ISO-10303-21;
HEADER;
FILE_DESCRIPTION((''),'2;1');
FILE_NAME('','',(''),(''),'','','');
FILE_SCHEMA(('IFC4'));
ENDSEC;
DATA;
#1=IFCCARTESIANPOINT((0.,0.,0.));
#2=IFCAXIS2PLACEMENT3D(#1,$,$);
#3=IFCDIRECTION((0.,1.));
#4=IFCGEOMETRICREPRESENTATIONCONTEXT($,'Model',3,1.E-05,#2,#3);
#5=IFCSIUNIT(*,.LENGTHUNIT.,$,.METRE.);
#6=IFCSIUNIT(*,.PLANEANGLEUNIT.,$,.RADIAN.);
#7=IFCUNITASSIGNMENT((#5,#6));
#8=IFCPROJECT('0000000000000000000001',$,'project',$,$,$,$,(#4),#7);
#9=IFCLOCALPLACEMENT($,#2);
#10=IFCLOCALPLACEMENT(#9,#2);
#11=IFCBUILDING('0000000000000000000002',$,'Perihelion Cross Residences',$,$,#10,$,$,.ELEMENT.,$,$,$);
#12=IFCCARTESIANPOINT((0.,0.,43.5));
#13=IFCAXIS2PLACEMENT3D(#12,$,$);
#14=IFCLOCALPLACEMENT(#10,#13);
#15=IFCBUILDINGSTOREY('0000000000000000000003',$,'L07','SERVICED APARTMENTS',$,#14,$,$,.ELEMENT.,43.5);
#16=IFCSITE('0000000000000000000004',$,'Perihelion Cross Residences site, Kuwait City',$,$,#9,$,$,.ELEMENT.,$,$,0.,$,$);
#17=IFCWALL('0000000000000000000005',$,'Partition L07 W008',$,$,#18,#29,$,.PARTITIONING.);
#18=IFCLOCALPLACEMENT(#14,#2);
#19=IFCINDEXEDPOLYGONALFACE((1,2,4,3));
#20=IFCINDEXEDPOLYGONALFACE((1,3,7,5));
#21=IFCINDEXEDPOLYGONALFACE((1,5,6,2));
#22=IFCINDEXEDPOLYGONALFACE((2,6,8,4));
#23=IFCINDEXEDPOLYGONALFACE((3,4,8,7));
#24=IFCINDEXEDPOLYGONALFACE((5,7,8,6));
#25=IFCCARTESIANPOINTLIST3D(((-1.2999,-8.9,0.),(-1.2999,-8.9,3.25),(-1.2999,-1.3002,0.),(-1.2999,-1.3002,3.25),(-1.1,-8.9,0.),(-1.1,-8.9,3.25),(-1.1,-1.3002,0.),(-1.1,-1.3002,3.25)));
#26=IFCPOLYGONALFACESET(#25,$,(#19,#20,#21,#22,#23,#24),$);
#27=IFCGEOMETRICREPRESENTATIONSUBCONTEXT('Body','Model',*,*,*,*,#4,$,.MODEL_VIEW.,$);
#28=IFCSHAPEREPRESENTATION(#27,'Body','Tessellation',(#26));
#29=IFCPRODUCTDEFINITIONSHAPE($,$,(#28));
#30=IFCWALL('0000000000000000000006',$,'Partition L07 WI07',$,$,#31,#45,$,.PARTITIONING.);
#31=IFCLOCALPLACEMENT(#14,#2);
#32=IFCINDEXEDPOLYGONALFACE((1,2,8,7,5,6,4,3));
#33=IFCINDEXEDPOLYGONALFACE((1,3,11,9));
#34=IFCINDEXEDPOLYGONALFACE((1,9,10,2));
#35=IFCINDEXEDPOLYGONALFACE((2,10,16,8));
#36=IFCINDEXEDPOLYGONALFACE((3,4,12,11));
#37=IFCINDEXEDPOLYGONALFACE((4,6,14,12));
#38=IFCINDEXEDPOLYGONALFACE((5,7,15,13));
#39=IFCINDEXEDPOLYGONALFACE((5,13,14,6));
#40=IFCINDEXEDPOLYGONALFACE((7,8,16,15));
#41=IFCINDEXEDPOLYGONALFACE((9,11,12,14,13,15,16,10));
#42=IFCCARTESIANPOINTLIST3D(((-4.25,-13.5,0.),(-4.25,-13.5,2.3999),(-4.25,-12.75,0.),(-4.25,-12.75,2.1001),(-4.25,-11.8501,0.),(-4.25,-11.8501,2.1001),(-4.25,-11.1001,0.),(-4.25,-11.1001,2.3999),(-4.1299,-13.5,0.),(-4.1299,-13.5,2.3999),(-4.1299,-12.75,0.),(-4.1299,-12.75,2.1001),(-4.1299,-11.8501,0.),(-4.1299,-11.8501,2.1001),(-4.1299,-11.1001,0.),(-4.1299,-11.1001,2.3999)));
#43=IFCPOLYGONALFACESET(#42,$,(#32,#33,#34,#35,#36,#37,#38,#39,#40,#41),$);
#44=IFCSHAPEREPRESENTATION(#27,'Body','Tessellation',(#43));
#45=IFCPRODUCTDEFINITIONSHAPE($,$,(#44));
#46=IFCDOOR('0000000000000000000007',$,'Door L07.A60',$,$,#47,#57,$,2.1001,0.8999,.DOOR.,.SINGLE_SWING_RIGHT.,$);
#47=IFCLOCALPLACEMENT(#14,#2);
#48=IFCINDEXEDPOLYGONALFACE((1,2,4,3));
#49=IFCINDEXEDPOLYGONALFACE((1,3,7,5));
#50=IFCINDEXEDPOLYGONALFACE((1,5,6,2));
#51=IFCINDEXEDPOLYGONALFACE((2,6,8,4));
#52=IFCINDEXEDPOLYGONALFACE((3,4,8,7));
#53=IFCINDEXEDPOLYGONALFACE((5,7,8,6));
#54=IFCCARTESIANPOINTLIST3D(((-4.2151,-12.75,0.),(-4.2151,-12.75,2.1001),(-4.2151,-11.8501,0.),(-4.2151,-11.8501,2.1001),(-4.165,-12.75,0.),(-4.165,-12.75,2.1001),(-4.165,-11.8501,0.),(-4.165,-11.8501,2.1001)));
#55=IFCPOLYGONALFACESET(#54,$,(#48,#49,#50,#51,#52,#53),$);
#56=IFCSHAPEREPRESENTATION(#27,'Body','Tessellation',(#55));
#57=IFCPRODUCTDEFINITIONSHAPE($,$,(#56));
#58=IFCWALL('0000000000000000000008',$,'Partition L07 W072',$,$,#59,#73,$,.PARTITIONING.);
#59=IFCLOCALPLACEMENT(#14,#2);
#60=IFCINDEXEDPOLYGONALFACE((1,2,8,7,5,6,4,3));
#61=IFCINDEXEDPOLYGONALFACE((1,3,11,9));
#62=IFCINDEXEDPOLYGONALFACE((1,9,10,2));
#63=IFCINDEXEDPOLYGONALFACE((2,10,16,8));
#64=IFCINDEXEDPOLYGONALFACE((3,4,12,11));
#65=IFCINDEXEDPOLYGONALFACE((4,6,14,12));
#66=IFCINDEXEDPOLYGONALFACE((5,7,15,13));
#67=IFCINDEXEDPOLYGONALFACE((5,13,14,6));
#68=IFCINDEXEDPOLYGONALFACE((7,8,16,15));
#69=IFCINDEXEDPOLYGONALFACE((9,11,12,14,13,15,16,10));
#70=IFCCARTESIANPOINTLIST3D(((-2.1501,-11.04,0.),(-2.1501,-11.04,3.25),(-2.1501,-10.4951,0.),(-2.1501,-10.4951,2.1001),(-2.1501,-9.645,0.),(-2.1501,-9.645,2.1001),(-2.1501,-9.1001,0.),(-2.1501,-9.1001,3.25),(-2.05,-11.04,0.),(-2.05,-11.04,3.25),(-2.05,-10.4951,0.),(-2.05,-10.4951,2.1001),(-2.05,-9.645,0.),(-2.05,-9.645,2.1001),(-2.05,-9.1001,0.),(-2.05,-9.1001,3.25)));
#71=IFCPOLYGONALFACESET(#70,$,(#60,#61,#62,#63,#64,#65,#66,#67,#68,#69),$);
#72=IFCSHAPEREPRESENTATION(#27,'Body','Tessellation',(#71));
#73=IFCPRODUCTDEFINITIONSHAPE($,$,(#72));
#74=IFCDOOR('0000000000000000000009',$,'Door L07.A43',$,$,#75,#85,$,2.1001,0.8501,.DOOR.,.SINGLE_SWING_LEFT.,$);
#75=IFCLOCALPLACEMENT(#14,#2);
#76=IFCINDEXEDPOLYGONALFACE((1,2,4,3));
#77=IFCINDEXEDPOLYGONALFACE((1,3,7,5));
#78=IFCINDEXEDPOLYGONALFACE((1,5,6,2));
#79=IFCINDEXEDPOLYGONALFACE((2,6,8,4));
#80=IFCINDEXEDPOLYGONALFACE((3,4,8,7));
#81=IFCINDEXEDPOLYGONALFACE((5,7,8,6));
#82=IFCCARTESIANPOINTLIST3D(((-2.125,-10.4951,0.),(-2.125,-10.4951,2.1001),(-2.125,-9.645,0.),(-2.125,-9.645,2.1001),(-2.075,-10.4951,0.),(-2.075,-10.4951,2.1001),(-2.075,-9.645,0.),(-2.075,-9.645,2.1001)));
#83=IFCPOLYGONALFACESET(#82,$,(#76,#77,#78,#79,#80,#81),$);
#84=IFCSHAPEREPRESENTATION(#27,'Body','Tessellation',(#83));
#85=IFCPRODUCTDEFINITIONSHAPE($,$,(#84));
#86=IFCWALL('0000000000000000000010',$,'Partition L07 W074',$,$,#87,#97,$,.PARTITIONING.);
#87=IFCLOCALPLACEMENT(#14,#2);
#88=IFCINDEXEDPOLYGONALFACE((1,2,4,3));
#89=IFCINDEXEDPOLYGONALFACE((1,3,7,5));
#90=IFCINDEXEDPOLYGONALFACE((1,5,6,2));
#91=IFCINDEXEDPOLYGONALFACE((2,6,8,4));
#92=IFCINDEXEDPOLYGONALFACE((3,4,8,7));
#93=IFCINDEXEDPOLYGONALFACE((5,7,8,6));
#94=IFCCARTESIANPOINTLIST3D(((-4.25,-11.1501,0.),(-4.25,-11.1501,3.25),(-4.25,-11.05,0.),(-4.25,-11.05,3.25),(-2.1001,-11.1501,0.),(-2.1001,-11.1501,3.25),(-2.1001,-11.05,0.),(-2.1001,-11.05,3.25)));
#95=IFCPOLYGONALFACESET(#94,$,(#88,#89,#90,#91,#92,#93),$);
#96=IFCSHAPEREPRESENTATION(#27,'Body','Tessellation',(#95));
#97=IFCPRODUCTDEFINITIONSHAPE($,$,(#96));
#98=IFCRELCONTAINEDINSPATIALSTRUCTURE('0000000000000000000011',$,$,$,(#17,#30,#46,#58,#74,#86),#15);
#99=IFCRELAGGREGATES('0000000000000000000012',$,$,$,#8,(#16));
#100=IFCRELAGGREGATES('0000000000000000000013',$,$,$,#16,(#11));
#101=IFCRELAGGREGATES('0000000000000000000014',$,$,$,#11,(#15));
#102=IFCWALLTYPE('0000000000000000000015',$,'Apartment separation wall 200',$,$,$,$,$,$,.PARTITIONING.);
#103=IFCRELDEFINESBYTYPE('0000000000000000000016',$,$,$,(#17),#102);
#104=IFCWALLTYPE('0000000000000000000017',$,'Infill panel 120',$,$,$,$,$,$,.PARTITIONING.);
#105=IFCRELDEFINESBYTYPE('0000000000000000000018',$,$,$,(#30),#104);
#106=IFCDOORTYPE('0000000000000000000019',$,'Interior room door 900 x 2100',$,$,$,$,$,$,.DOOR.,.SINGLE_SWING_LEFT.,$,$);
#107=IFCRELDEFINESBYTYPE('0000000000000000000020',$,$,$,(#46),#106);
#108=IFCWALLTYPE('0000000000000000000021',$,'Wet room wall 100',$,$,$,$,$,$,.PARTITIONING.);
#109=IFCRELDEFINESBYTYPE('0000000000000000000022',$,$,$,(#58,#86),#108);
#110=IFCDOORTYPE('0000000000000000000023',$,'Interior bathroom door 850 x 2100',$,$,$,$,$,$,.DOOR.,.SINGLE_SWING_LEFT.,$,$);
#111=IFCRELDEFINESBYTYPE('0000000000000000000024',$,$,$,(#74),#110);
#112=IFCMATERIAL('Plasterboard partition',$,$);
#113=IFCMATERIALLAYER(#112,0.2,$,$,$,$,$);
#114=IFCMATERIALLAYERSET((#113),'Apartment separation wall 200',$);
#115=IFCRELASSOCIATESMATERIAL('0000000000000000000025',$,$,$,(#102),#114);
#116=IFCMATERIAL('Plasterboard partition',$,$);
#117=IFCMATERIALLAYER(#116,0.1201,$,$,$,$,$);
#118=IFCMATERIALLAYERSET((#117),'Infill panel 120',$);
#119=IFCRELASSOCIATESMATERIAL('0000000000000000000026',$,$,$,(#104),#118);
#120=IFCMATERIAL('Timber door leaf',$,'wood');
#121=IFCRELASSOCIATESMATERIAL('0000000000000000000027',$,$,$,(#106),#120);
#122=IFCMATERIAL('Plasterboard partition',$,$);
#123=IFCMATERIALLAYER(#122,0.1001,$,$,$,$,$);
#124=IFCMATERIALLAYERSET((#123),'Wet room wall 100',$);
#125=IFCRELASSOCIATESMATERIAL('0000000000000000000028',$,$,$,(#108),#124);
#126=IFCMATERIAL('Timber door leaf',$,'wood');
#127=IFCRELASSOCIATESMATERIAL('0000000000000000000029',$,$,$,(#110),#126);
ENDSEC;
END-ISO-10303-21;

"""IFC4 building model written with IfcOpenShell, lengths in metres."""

from ifc_helpers import new_model, si_unit, direction, frame, frame_2d, origin, place, context, subcontext, project, spatial, rectangle, extrude, material, layer, layer_set, type_object, element, fill, save


model = new_model("IFC4")

# Units and contexts
model_context = context("Model", 3, precision=1e-05, world=origin(), true_north=direction((0.0, 1.0)))
body_context = subcontext(model_context, "Body", "Model", "MODEL_VIEW")
ifc_project = project(units=[si_unit("LENGTHUNIT", "METRE"), si_unit("PLANEANGLEUNIT", "RADIAN")], contexts=[model_context])

# Site, building, storey
site_placement = place(None, origin())
site = spatial("IfcSite", under=ifc_project, at=site_placement, Name="Perihelion Cross Residences site, Kuwait City", CompositionType="ELEMENT", RefElevation=0.0)
building_placement = place(site_placement, origin())
building = spatial("IfcBuilding", under=site, at=building_placement, Name="Perihelion Cross Residences", CompositionType="ELEMENT")
storey_placement = place(building_placement, frame((0.0, 0.0, 43.5)))
storey = spatial("IfcBuildingStorey", under=building, at=storey_placement, Name="L07", Description="SERVICED APARTMENTS", CompositionType="ELEMENT", Elevation=43.5)

# Wall
ifc_material_1 = material(Name="Plasterboard partition")
ifc_layer_1 = layer(ifc_material_1, 0.2)
ifc_layer_set_1 = layer_set([ifc_layer_1], Name="Apartment separation wall 200")
wall_type_1 = type_object("IfcWallType", Name="Apartment separation wall 200", PredefinedType="PARTITIONING", material=ifc_layer_set_1)
wall_1_placement = place(storey_placement, frame((-1.2, -8.8999, 0.0), z_axis=(0.0, 0.0, 1.0), x_axis=(0.0, 1.0, 0.0)))
element("IfcWall", 1, at=wall_1_placement, inside=storey, type_object=wall_type_1, Name="Partition L07 W008", PredefinedType="PARTITIONING", context=body_context, shape_type="SweptSolid", body=[
    extrude(rectangle(XDim=7.5999, YDim=0.2, at=frame_2d((3.7998, 0.0))), origin(), (0.0, 0.0, 1.0), 3.25),
])

# Walls, openings, doors
ifc_material_2 = material(Name="Plasterboard partition")
ifc_layer_2 = layer(ifc_material_2, 0.1201)
ifc_layer_set_2 = layer_set([ifc_layer_2], Name="Infill panel 120")
wall_type_2 = type_object("IfcWallType", Name="Infill panel 120", PredefinedType="PARTITIONING", material=ifc_layer_set_2)
wall_2_placement = place(storey_placement, frame((-4.1899, -11.1001, 0.0), z_axis=(0.0, 0.0, 1.0), x_axis=(0.0, -1.0, 0.0)))
wall_2 = element("IfcWall", 2, at=wall_2_placement, inside=storey, type_object=wall_type_2, Name="Partition L07 WI07", PredefinedType="PARTITIONING", context=body_context, shape_type="SweptSolid", body=[
    extrude(rectangle(XDim=2.3999, YDim=0.1201, at=frame_2d((1.2, 0.0))), origin(), (0.0, 0.0, 1.0), 2.3999),
])
opening_1_placement = place(wall_2_placement, frame((0.75, 0.0, 0.0)))
opening_1 = element("IfcOpeningElement", 3, at=opening_1_placement, cuts=wall_2, PredefinedType="OPENING", context=body_context, shape_type="SweptSolid", body=[
    extrude(rectangle(XDim=0.8999, YDim=2.1001, at=frame_2d((0.45, 1.05))), frame((0.0, 0.0701, 0.0), z_axis=(0.0, -1.0, 0.0), x_axis=(1.0, 0.0, 0.0)), (0.0, 0.0, 1.0), 0.1401),
])
ifc_material_3 = material(Name="Timber door leaf", Category="wood")
door_type_1 = type_object("IfcDoorType", Name="Interior room door 900 x 2100", OperationType="SINGLE_SWING_LEFT", PredefinedType="DOOR", material=ifc_material_3)
door_1_placement = place(opening_1_placement, origin())
door_1 = element("IfcDoor", 4, at=door_1_placement, inside=storey, type_object=door_type_1, Name="Door L07.A60", OperationType="SINGLE_SWING_RIGHT", OverallHeight=2.1001, OverallWidth=0.8999, PredefinedType="DOOR", context=body_context, shape_type="SweptSolid", body=[
    extrude(rectangle(XDim=0.8999, YDim=2.1001, at=frame_2d((0.45, 1.05))), frame((0.0, 0.0249, 0.0), z_axis=(0.0, -1.0, 0.0), x_axis=(1.0, 0.0, 0.0)), (0.0, 0.0, 1.0), 0.05),
])
fill(opening_1, door_1)
ifc_material_4 = material(Name="Plasterboard partition")
ifc_layer_3 = layer(ifc_material_4, 0.1001)
ifc_layer_set_3 = layer_set([ifc_layer_3], Name="Wet room wall 100")
wall_type_3 = type_object("IfcWallType", Name="Wet room wall 100", PredefinedType="PARTITIONING", material=ifc_layer_set_3)
wall_3_placement = place(storey_placement, frame((-2.1001, -11.04, 0.0), z_axis=(0.0, 0.0, 1.0), x_axis=(0.0, 1.0, 0.0)))
wall_3 = element("IfcWall", 5, at=wall_3_placement, inside=storey, type_object=wall_type_3, Name="Partition L07 W072", PredefinedType="PARTITIONING", context=body_context, shape_type="SweptSolid", body=[
    extrude(rectangle(XDim=1.9399, YDim=0.1001, at=frame_2d((0.97, 0.0))), origin(), (0.0, 0.0, 1.0), 3.25),
])
opening_2_placement = place(wall_3_placement, frame((0.5449, 0.0, 0.0)))
opening_2 = element("IfcOpeningElement", 6, at=opening_2_placement, cuts=wall_3, PredefinedType="OPENING", context=body_context, shape_type="SweptSolid", body=[
    extrude(rectangle(XDim=0.8501, YDim=2.1001, at=frame_2d((0.425, 1.05))), frame((0.0, 0.0601, 0.0), z_axis=(0.0, -1.0, 0.0), x_axis=(1.0, 0.0, 0.0)), (0.0, 0.0, 1.0), 0.1201),
])
ifc_material_5 = material(Name="Timber door leaf", Category="wood")
door_type_2 = type_object("IfcDoorType", Name="Interior bathroom door 850 x 2100", OperationType="SINGLE_SWING_LEFT", PredefinedType="DOOR", material=ifc_material_5)
door_2_placement = place(opening_2_placement, origin())
door_2 = element("IfcDoor", 7, at=door_2_placement, inside=storey, type_object=door_type_2, Name="Door L07.A43", OperationType="SINGLE_SWING_LEFT", OverallHeight=2.1001, OverallWidth=0.8501, PredefinedType="DOOR", context=body_context, shape_type="SweptSolid", body=[
    extrude(rectangle(XDim=0.8501, YDim=2.1001, at=frame_2d((0.425, 1.05))), frame((0.0, 0.0249, 0.0), z_axis=(0.0, -1.0, 0.0), x_axis=(1.0, 0.0, 0.0)), (0.0, 0.0, 1.0), 0.05),
])
fill(opening_2, door_2)

# Wall
wall_4_placement = place(storey_placement, frame((-2.1001, -11.1001, 0.0), z_axis=(0.0, 0.0, 1.0), x_axis=(-1.0, 0.0, 0.0)))
element("IfcWall", 8, at=wall_4_placement, inside=storey, type_object=wall_type_3, Name="Partition L07 W074", PredefinedType="PARTITIONING", context=body_context, shape_type="SweptSolid", body=[
    extrude(rectangle(XDim=2.1499, YDim=0.1001, at=frame_2d((1.075, 0.0))), origin(), (0.0, 0.0, 1.0), 3.25),
])

save(model, "model.ifc")
